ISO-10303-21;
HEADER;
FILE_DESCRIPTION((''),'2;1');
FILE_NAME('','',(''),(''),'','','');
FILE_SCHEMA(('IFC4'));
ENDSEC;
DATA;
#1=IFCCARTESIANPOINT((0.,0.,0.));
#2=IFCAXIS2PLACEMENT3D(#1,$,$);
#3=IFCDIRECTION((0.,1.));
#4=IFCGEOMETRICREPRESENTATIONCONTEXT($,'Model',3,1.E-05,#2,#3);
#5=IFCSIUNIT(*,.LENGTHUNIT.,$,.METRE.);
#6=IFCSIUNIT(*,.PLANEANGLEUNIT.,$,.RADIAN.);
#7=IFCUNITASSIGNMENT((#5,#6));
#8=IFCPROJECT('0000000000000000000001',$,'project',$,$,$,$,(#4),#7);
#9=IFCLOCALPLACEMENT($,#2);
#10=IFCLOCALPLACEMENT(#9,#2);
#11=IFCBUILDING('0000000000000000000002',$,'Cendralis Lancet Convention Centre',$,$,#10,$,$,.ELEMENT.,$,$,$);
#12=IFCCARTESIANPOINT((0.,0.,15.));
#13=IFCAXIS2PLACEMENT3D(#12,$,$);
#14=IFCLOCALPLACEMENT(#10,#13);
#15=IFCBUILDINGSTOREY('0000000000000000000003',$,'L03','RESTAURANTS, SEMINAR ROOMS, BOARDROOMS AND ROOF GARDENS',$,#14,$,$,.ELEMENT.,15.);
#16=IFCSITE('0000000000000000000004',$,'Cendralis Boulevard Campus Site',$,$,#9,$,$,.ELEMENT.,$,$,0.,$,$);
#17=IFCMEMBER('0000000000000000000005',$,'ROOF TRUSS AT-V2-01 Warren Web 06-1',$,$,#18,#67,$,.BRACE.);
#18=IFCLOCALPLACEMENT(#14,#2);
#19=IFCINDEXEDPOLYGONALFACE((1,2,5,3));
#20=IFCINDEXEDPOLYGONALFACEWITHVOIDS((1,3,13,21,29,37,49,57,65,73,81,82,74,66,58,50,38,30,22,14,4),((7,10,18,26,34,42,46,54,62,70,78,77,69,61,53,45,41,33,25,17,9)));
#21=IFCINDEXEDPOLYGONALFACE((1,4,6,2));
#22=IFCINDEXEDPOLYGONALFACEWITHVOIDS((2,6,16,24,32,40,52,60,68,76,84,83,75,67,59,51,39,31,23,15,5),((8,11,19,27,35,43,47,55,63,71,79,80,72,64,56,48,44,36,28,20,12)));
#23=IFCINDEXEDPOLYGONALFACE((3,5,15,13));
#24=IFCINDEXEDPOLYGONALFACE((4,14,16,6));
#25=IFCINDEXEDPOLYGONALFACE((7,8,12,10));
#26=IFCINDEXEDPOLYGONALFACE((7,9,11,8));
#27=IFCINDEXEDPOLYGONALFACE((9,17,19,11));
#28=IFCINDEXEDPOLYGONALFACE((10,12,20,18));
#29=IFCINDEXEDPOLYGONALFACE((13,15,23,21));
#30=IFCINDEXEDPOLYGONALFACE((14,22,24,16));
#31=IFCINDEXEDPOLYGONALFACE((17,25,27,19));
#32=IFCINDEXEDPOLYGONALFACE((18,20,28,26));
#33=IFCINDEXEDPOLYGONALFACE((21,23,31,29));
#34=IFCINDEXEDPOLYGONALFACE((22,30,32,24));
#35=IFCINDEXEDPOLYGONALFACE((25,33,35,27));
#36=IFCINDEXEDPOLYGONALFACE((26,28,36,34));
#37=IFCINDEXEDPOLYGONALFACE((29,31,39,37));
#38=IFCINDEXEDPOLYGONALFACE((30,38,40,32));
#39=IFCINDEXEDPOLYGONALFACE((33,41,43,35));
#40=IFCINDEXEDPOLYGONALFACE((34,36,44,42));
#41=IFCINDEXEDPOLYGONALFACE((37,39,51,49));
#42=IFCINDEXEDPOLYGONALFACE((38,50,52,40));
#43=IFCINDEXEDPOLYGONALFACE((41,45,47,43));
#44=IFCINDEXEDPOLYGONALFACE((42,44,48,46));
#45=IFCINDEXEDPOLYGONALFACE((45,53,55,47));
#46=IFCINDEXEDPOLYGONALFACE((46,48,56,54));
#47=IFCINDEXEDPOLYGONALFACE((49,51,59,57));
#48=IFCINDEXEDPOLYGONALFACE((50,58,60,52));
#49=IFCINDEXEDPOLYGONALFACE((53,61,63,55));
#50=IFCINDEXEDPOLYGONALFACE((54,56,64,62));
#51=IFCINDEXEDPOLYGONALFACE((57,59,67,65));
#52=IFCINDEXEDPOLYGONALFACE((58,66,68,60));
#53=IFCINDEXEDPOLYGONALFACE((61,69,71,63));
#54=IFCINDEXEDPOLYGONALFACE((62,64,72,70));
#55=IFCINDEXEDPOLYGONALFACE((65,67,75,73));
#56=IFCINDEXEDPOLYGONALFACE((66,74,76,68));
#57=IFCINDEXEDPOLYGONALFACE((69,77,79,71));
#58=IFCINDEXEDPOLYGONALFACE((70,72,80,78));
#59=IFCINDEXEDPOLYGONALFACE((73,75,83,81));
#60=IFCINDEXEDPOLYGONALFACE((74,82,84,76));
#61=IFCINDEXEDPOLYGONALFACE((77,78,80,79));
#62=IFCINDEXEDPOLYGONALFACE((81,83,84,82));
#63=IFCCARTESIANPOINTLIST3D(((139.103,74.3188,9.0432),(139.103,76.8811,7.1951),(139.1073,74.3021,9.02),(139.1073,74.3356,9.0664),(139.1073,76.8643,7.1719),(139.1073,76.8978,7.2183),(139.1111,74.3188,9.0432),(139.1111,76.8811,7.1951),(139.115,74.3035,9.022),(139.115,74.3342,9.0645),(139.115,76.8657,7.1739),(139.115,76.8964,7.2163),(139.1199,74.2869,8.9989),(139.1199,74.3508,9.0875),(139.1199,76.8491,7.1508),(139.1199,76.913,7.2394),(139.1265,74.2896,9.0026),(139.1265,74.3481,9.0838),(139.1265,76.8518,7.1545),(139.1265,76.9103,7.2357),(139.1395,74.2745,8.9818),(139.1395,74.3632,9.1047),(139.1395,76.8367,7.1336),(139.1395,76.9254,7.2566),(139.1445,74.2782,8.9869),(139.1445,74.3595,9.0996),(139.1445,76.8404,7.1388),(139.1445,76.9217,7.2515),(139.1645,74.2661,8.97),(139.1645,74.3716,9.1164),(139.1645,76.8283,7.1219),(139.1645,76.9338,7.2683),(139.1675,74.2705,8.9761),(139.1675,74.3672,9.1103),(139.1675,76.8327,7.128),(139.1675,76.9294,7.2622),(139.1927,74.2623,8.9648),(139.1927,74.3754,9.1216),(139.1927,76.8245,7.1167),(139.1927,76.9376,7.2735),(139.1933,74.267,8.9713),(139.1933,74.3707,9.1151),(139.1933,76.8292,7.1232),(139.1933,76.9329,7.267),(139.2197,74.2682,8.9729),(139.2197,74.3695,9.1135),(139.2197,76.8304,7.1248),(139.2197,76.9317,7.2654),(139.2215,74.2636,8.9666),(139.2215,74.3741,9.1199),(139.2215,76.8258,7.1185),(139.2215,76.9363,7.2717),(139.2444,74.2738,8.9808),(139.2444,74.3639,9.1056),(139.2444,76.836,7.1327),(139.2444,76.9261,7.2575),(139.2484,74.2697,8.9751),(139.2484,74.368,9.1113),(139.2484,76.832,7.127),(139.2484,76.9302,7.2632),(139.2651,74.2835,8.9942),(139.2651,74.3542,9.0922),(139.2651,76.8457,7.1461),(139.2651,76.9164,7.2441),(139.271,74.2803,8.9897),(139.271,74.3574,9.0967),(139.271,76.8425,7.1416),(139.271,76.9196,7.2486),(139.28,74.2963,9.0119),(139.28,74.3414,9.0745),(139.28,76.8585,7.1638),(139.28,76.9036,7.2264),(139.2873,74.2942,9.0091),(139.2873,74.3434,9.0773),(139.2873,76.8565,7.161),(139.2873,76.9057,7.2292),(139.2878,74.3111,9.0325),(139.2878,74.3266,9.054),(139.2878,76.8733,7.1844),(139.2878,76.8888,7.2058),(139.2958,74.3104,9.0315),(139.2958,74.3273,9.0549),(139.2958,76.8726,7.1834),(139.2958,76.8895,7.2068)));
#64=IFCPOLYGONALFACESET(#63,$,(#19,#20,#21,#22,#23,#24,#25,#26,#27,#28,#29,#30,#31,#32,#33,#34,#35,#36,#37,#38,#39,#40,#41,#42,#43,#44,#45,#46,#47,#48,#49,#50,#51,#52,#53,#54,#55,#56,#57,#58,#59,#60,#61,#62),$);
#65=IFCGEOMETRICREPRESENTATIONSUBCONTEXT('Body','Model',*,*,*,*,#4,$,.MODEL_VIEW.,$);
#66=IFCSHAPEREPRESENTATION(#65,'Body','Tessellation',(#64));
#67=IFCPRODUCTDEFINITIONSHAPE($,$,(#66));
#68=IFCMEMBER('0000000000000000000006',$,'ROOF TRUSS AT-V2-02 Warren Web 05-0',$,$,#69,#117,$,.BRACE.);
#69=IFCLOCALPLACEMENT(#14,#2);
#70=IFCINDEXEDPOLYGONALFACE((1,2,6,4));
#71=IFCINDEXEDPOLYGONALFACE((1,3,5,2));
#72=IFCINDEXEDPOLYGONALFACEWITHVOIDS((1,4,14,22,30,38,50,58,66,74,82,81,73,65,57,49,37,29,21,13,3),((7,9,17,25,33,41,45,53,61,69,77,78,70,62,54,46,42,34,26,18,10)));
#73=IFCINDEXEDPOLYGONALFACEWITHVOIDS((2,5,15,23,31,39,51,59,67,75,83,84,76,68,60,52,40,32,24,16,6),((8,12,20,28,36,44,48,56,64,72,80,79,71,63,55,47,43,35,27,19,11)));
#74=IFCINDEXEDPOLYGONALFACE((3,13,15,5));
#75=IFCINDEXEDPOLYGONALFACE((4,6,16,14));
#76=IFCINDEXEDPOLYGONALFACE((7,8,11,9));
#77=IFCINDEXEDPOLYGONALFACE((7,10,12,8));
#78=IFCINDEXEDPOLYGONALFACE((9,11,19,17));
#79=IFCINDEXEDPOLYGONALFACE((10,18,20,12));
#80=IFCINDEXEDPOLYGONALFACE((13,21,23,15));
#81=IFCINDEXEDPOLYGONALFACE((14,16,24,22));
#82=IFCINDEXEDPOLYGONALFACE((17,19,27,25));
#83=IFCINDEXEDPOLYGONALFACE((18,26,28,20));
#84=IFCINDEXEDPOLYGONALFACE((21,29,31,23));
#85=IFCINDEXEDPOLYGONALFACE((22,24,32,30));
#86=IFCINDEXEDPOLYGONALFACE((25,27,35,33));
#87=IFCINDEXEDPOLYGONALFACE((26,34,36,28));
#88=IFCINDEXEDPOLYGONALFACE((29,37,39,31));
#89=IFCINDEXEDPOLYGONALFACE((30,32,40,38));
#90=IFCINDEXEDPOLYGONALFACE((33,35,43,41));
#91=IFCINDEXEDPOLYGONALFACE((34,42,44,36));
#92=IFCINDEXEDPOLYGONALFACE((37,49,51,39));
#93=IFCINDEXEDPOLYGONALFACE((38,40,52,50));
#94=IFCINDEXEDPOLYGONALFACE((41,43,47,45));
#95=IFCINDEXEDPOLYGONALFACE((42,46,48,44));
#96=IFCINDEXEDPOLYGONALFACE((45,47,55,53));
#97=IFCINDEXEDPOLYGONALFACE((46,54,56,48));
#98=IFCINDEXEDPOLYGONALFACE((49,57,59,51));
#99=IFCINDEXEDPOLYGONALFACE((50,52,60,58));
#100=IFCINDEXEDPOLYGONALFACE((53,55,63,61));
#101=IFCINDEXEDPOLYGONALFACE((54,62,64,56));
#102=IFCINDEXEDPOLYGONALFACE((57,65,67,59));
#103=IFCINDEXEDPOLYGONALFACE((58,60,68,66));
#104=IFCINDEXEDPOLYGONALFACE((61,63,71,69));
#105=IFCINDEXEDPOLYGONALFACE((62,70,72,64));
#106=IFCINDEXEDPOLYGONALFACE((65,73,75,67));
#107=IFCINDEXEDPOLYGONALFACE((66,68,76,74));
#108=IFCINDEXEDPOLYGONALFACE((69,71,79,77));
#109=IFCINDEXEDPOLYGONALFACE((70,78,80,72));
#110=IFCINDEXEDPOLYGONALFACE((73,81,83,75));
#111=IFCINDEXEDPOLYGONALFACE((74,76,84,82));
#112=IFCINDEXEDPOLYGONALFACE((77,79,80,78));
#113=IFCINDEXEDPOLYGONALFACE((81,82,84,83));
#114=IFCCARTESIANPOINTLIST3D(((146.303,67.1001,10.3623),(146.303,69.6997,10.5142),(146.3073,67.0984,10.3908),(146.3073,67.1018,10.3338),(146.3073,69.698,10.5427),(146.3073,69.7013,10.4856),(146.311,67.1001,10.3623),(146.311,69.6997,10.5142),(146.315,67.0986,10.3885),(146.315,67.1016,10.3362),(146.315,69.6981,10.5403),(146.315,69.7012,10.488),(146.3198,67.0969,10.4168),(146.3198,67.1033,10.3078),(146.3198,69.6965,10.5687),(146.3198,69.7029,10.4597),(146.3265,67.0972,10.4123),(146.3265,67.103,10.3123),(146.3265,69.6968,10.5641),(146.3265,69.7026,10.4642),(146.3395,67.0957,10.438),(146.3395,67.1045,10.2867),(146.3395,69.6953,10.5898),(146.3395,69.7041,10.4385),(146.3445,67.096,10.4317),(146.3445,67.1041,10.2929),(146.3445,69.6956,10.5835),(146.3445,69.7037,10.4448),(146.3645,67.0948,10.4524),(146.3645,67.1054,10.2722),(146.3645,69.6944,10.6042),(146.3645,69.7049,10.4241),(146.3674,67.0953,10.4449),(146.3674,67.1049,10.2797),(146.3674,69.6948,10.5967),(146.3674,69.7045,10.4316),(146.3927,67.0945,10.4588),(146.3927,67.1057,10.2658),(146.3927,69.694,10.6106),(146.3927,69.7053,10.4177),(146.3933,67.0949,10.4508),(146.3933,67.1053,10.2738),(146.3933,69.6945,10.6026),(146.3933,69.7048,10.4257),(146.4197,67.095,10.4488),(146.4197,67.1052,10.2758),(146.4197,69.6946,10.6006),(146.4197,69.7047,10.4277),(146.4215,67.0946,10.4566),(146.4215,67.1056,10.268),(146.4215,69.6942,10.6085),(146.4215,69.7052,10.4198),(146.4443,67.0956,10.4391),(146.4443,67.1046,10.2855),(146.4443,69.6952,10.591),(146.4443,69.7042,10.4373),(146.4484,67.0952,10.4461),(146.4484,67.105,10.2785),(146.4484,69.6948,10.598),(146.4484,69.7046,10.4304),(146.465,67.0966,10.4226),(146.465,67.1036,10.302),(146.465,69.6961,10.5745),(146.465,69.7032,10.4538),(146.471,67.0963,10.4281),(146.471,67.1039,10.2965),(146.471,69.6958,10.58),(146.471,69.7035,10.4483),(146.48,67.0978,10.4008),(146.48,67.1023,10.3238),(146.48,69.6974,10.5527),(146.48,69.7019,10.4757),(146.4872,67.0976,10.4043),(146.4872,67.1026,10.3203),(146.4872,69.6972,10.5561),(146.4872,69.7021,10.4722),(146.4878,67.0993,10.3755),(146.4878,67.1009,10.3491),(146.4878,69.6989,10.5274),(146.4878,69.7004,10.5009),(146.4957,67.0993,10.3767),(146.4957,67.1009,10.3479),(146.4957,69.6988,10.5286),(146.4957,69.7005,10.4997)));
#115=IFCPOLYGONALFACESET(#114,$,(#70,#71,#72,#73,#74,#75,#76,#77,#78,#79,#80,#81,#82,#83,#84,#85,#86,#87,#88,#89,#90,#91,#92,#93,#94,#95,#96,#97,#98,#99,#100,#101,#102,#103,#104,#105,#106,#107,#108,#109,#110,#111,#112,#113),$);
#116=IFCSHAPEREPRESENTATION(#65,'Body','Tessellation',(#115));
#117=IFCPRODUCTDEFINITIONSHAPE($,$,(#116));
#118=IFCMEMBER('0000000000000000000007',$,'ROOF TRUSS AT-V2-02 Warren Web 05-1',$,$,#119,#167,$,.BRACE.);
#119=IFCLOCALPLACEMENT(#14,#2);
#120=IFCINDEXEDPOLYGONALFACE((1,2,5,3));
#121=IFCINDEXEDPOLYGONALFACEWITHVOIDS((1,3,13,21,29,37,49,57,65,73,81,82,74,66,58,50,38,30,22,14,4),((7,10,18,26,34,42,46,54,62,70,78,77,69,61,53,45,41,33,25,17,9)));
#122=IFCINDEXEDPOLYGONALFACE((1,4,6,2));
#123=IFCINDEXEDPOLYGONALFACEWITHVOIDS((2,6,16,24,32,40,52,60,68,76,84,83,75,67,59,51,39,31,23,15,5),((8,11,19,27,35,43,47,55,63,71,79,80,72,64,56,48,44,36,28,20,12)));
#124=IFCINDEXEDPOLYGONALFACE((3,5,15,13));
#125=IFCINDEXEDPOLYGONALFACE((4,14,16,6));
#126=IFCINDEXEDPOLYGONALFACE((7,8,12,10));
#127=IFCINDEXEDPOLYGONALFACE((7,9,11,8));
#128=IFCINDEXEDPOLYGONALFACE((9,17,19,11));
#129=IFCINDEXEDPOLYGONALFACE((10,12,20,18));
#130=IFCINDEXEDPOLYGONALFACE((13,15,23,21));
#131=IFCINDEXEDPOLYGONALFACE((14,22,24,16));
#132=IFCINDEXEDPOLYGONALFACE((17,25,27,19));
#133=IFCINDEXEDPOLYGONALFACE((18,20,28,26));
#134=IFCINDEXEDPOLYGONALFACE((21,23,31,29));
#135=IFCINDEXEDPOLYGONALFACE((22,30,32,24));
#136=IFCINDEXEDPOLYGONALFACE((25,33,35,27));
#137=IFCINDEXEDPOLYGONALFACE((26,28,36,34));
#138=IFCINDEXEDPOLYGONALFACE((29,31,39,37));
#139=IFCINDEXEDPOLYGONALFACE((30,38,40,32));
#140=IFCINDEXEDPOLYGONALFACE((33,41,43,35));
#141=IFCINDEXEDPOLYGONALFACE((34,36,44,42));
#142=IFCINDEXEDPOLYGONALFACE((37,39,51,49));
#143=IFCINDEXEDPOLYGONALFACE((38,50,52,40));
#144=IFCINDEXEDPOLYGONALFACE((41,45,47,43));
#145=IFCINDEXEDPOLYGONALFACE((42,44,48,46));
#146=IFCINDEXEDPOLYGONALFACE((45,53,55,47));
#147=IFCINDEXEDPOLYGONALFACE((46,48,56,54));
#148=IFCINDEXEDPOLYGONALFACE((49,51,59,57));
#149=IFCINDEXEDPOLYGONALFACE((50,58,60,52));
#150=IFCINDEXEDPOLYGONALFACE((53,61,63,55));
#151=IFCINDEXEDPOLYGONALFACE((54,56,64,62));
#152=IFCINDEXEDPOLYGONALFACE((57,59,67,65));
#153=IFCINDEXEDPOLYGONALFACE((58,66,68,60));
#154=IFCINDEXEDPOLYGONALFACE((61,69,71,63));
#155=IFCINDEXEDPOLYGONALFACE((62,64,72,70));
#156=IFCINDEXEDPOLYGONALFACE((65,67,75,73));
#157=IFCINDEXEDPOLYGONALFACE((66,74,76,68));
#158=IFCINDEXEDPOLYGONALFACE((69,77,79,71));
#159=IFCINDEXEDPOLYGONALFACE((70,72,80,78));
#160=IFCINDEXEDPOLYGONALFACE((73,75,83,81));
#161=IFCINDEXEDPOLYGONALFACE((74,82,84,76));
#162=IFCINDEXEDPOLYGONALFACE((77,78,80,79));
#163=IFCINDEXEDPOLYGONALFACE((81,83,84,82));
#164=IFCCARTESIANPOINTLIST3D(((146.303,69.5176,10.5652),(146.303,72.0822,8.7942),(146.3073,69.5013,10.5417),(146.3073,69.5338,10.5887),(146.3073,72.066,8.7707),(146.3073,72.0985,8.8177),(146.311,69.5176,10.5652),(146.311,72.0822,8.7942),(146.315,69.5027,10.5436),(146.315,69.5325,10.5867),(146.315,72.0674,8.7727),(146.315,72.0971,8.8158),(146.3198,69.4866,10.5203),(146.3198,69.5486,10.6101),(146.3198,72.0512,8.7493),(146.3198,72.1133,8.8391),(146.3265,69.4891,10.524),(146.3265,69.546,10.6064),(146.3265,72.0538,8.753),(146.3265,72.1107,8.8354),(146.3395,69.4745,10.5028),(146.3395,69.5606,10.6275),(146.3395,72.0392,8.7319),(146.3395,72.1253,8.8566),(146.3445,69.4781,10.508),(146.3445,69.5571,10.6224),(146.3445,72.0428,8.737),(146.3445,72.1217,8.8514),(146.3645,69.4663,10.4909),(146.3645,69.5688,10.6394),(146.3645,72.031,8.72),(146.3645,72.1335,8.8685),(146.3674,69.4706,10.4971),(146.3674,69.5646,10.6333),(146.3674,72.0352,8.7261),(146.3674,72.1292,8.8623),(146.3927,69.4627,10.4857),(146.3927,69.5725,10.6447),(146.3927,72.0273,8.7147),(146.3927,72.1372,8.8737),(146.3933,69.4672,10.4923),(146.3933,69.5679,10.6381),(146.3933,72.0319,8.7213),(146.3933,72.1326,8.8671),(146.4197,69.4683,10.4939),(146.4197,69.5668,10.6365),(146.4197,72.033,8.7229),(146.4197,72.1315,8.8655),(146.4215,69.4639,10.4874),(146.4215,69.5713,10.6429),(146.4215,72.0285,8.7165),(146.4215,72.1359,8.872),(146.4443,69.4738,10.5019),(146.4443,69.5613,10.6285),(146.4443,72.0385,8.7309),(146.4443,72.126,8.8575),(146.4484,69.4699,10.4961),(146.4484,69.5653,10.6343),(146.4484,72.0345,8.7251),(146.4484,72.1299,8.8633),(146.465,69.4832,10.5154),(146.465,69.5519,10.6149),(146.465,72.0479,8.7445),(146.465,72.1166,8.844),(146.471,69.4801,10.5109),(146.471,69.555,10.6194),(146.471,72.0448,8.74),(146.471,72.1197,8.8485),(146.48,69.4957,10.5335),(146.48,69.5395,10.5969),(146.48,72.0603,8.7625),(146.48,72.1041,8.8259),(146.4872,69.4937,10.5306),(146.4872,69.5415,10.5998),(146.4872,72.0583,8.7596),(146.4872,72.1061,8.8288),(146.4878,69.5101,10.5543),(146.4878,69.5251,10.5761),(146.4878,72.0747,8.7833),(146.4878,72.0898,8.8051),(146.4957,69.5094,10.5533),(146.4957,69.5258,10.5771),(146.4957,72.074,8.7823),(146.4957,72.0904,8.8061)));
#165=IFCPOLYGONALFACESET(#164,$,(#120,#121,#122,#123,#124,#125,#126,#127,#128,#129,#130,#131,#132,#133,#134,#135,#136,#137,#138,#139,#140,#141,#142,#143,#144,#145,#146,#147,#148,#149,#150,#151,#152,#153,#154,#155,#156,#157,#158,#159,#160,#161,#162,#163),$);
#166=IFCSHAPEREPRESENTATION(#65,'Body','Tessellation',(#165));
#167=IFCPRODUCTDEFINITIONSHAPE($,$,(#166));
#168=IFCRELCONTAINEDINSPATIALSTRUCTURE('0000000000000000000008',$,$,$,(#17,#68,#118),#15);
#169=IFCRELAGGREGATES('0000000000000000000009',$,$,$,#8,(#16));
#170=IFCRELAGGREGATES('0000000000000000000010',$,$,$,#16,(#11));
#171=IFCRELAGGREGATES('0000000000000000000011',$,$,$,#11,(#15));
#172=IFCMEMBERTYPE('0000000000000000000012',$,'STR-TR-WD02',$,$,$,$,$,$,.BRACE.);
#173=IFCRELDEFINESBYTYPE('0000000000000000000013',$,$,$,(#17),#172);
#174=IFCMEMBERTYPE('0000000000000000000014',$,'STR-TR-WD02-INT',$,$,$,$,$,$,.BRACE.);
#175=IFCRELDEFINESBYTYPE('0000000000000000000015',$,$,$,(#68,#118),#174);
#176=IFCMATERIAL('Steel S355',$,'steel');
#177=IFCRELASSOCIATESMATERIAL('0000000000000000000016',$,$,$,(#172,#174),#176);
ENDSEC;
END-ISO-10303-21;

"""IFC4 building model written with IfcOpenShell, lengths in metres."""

from ifc_helpers import new_model, si_unit, direction, frame, origin, origin_2d, place, context, subcontext, project, spatial, hollow_circle, extrude, material, material_profile, profile_set, type_object, element, save


model = new_model("IFC4")

# Units and contexts
model_context = context("Model", 3, precision=1e-05, world=origin(), true_north=direction((0.0, 1.0)))
body_context = subcontext(model_context, "Body", "Model", "MODEL_VIEW")
ifc_project = project(units=[si_unit("LENGTHUNIT", "METRE"), si_unit("PLANEANGLEUNIT", "RADIAN")], contexts=[model_context])

# Site, building, storey
site_placement = place(None, origin())
site = spatial("IfcSite", under=ifc_project, at=site_placement, Name="Cendralis Boulevard Campus Site", CompositionType="ELEMENT", RefElevation=0.0)
building_placement = place(site_placement, origin())
building = spatial("IfcBuilding", under=site, at=building_placement, Name="Cendralis Lancet Convention Centre", CompositionType="ELEMENT")
storey_placement = place(building_placement, frame((0.0, 0.0, 15.0)))
storey = spatial("IfcBuildingStorey", under=building, at=storey_placement, Name="L03", Description="RESTAURANTS, SEMINAR ROOMS, BOARDROOMS AND ROOF GARDENS", CompositionType="ELEMENT", Elevation=15.0)

# Members
ifc_material_1 = material(Name="Steel S355", Category="steel")
ifc_material_profile_1 = material_profile(ifc_material_1, hollow_circle(Radius=0.0969, WallThickness=0.0081, at=origin_2d()), Name="CHS 193.7x8.0")
ifc_profile_set_1 = profile_set([ifc_material_profile_1], Name="Steel S355")
member_type_1 = type_object("IfcMemberType", Name="STR-TR-WD02", PredefinedType="BRACE", material=ifc_profile_set_1)
member_1_placement = place(storey_placement, frame((139.2, 74.3188, 9.0432), z_axis=(0.0, 0.811036, -0.584997), x_axis=(-1.0, 0.0, 0.0)))
element("IfcMember", 1, at=member_1_placement, inside=storey, type_object=member_type_1, Name="ROOF TRUSS AT-V2-01 Warren Web 06-1", PredefinedType="BRACE", context=body_context, shape_type="SweptSolid", body=[
    extrude(hollow_circle(Radius=0.0969, WallThickness=0.0081, at=origin_2d()), origin(), (0.0, 0.0, 1.0), 3.1592),
])
ifc_material_profile_2 = material_profile(ifc_material_1, hollow_circle(Radius=0.0969, WallThickness=0.0081, at=origin_2d()), Name="CHS 193.7x8.0")
ifc_profile_set_2 = profile_set([ifc_material_profile_2], Name="Steel S355")
member_type_2 = type_object("IfcMemberType", Name="STR-TR-WD02-INT", PredefinedType="BRACE", material=ifc_profile_set_2)
member_2_placement = place(storey_placement, frame((146.3999, 67.1001, 10.3623), z_axis=(0.0, 0.998298, 0.058315), x_axis=(-1.0, 0.0, 0.0)))
element("IfcMember", 2, at=member_2_placement, inside=storey, type_object=member_type_2, Name="ROOF TRUSS AT-V2-02 Warren Web 05-0", PredefinedType="BRACE", context=body_context, shape_type="SweptSolid", body=[
    extrude(hollow_circle(Radius=0.0969, WallThickness=0.0081, at=origin_2d()), origin(), (0.0, 0.0, 1.0), 2.604),
])
member_3_placement = place(storey_placement, frame((146.3999, 69.5176, 10.5652), z_axis=(0.0, 0.822877, -0.56822), x_axis=(-1.0, 0.0, 0.0)))
element("IfcMember", 3, at=member_3_placement, inside=storey, type_object=member_type_2, Name="ROOF TRUSS AT-V2-02 Warren Web 05-1", PredefinedType="BRACE", context=body_context, shape_type="SweptSolid", body=[
    extrude(hollow_circle(Radius=0.0969, WallThickness=0.0081, at=origin_2d()), origin(), (0.0, 0.0, 1.0), 3.1167),
])

save(model, "model.ifc")
